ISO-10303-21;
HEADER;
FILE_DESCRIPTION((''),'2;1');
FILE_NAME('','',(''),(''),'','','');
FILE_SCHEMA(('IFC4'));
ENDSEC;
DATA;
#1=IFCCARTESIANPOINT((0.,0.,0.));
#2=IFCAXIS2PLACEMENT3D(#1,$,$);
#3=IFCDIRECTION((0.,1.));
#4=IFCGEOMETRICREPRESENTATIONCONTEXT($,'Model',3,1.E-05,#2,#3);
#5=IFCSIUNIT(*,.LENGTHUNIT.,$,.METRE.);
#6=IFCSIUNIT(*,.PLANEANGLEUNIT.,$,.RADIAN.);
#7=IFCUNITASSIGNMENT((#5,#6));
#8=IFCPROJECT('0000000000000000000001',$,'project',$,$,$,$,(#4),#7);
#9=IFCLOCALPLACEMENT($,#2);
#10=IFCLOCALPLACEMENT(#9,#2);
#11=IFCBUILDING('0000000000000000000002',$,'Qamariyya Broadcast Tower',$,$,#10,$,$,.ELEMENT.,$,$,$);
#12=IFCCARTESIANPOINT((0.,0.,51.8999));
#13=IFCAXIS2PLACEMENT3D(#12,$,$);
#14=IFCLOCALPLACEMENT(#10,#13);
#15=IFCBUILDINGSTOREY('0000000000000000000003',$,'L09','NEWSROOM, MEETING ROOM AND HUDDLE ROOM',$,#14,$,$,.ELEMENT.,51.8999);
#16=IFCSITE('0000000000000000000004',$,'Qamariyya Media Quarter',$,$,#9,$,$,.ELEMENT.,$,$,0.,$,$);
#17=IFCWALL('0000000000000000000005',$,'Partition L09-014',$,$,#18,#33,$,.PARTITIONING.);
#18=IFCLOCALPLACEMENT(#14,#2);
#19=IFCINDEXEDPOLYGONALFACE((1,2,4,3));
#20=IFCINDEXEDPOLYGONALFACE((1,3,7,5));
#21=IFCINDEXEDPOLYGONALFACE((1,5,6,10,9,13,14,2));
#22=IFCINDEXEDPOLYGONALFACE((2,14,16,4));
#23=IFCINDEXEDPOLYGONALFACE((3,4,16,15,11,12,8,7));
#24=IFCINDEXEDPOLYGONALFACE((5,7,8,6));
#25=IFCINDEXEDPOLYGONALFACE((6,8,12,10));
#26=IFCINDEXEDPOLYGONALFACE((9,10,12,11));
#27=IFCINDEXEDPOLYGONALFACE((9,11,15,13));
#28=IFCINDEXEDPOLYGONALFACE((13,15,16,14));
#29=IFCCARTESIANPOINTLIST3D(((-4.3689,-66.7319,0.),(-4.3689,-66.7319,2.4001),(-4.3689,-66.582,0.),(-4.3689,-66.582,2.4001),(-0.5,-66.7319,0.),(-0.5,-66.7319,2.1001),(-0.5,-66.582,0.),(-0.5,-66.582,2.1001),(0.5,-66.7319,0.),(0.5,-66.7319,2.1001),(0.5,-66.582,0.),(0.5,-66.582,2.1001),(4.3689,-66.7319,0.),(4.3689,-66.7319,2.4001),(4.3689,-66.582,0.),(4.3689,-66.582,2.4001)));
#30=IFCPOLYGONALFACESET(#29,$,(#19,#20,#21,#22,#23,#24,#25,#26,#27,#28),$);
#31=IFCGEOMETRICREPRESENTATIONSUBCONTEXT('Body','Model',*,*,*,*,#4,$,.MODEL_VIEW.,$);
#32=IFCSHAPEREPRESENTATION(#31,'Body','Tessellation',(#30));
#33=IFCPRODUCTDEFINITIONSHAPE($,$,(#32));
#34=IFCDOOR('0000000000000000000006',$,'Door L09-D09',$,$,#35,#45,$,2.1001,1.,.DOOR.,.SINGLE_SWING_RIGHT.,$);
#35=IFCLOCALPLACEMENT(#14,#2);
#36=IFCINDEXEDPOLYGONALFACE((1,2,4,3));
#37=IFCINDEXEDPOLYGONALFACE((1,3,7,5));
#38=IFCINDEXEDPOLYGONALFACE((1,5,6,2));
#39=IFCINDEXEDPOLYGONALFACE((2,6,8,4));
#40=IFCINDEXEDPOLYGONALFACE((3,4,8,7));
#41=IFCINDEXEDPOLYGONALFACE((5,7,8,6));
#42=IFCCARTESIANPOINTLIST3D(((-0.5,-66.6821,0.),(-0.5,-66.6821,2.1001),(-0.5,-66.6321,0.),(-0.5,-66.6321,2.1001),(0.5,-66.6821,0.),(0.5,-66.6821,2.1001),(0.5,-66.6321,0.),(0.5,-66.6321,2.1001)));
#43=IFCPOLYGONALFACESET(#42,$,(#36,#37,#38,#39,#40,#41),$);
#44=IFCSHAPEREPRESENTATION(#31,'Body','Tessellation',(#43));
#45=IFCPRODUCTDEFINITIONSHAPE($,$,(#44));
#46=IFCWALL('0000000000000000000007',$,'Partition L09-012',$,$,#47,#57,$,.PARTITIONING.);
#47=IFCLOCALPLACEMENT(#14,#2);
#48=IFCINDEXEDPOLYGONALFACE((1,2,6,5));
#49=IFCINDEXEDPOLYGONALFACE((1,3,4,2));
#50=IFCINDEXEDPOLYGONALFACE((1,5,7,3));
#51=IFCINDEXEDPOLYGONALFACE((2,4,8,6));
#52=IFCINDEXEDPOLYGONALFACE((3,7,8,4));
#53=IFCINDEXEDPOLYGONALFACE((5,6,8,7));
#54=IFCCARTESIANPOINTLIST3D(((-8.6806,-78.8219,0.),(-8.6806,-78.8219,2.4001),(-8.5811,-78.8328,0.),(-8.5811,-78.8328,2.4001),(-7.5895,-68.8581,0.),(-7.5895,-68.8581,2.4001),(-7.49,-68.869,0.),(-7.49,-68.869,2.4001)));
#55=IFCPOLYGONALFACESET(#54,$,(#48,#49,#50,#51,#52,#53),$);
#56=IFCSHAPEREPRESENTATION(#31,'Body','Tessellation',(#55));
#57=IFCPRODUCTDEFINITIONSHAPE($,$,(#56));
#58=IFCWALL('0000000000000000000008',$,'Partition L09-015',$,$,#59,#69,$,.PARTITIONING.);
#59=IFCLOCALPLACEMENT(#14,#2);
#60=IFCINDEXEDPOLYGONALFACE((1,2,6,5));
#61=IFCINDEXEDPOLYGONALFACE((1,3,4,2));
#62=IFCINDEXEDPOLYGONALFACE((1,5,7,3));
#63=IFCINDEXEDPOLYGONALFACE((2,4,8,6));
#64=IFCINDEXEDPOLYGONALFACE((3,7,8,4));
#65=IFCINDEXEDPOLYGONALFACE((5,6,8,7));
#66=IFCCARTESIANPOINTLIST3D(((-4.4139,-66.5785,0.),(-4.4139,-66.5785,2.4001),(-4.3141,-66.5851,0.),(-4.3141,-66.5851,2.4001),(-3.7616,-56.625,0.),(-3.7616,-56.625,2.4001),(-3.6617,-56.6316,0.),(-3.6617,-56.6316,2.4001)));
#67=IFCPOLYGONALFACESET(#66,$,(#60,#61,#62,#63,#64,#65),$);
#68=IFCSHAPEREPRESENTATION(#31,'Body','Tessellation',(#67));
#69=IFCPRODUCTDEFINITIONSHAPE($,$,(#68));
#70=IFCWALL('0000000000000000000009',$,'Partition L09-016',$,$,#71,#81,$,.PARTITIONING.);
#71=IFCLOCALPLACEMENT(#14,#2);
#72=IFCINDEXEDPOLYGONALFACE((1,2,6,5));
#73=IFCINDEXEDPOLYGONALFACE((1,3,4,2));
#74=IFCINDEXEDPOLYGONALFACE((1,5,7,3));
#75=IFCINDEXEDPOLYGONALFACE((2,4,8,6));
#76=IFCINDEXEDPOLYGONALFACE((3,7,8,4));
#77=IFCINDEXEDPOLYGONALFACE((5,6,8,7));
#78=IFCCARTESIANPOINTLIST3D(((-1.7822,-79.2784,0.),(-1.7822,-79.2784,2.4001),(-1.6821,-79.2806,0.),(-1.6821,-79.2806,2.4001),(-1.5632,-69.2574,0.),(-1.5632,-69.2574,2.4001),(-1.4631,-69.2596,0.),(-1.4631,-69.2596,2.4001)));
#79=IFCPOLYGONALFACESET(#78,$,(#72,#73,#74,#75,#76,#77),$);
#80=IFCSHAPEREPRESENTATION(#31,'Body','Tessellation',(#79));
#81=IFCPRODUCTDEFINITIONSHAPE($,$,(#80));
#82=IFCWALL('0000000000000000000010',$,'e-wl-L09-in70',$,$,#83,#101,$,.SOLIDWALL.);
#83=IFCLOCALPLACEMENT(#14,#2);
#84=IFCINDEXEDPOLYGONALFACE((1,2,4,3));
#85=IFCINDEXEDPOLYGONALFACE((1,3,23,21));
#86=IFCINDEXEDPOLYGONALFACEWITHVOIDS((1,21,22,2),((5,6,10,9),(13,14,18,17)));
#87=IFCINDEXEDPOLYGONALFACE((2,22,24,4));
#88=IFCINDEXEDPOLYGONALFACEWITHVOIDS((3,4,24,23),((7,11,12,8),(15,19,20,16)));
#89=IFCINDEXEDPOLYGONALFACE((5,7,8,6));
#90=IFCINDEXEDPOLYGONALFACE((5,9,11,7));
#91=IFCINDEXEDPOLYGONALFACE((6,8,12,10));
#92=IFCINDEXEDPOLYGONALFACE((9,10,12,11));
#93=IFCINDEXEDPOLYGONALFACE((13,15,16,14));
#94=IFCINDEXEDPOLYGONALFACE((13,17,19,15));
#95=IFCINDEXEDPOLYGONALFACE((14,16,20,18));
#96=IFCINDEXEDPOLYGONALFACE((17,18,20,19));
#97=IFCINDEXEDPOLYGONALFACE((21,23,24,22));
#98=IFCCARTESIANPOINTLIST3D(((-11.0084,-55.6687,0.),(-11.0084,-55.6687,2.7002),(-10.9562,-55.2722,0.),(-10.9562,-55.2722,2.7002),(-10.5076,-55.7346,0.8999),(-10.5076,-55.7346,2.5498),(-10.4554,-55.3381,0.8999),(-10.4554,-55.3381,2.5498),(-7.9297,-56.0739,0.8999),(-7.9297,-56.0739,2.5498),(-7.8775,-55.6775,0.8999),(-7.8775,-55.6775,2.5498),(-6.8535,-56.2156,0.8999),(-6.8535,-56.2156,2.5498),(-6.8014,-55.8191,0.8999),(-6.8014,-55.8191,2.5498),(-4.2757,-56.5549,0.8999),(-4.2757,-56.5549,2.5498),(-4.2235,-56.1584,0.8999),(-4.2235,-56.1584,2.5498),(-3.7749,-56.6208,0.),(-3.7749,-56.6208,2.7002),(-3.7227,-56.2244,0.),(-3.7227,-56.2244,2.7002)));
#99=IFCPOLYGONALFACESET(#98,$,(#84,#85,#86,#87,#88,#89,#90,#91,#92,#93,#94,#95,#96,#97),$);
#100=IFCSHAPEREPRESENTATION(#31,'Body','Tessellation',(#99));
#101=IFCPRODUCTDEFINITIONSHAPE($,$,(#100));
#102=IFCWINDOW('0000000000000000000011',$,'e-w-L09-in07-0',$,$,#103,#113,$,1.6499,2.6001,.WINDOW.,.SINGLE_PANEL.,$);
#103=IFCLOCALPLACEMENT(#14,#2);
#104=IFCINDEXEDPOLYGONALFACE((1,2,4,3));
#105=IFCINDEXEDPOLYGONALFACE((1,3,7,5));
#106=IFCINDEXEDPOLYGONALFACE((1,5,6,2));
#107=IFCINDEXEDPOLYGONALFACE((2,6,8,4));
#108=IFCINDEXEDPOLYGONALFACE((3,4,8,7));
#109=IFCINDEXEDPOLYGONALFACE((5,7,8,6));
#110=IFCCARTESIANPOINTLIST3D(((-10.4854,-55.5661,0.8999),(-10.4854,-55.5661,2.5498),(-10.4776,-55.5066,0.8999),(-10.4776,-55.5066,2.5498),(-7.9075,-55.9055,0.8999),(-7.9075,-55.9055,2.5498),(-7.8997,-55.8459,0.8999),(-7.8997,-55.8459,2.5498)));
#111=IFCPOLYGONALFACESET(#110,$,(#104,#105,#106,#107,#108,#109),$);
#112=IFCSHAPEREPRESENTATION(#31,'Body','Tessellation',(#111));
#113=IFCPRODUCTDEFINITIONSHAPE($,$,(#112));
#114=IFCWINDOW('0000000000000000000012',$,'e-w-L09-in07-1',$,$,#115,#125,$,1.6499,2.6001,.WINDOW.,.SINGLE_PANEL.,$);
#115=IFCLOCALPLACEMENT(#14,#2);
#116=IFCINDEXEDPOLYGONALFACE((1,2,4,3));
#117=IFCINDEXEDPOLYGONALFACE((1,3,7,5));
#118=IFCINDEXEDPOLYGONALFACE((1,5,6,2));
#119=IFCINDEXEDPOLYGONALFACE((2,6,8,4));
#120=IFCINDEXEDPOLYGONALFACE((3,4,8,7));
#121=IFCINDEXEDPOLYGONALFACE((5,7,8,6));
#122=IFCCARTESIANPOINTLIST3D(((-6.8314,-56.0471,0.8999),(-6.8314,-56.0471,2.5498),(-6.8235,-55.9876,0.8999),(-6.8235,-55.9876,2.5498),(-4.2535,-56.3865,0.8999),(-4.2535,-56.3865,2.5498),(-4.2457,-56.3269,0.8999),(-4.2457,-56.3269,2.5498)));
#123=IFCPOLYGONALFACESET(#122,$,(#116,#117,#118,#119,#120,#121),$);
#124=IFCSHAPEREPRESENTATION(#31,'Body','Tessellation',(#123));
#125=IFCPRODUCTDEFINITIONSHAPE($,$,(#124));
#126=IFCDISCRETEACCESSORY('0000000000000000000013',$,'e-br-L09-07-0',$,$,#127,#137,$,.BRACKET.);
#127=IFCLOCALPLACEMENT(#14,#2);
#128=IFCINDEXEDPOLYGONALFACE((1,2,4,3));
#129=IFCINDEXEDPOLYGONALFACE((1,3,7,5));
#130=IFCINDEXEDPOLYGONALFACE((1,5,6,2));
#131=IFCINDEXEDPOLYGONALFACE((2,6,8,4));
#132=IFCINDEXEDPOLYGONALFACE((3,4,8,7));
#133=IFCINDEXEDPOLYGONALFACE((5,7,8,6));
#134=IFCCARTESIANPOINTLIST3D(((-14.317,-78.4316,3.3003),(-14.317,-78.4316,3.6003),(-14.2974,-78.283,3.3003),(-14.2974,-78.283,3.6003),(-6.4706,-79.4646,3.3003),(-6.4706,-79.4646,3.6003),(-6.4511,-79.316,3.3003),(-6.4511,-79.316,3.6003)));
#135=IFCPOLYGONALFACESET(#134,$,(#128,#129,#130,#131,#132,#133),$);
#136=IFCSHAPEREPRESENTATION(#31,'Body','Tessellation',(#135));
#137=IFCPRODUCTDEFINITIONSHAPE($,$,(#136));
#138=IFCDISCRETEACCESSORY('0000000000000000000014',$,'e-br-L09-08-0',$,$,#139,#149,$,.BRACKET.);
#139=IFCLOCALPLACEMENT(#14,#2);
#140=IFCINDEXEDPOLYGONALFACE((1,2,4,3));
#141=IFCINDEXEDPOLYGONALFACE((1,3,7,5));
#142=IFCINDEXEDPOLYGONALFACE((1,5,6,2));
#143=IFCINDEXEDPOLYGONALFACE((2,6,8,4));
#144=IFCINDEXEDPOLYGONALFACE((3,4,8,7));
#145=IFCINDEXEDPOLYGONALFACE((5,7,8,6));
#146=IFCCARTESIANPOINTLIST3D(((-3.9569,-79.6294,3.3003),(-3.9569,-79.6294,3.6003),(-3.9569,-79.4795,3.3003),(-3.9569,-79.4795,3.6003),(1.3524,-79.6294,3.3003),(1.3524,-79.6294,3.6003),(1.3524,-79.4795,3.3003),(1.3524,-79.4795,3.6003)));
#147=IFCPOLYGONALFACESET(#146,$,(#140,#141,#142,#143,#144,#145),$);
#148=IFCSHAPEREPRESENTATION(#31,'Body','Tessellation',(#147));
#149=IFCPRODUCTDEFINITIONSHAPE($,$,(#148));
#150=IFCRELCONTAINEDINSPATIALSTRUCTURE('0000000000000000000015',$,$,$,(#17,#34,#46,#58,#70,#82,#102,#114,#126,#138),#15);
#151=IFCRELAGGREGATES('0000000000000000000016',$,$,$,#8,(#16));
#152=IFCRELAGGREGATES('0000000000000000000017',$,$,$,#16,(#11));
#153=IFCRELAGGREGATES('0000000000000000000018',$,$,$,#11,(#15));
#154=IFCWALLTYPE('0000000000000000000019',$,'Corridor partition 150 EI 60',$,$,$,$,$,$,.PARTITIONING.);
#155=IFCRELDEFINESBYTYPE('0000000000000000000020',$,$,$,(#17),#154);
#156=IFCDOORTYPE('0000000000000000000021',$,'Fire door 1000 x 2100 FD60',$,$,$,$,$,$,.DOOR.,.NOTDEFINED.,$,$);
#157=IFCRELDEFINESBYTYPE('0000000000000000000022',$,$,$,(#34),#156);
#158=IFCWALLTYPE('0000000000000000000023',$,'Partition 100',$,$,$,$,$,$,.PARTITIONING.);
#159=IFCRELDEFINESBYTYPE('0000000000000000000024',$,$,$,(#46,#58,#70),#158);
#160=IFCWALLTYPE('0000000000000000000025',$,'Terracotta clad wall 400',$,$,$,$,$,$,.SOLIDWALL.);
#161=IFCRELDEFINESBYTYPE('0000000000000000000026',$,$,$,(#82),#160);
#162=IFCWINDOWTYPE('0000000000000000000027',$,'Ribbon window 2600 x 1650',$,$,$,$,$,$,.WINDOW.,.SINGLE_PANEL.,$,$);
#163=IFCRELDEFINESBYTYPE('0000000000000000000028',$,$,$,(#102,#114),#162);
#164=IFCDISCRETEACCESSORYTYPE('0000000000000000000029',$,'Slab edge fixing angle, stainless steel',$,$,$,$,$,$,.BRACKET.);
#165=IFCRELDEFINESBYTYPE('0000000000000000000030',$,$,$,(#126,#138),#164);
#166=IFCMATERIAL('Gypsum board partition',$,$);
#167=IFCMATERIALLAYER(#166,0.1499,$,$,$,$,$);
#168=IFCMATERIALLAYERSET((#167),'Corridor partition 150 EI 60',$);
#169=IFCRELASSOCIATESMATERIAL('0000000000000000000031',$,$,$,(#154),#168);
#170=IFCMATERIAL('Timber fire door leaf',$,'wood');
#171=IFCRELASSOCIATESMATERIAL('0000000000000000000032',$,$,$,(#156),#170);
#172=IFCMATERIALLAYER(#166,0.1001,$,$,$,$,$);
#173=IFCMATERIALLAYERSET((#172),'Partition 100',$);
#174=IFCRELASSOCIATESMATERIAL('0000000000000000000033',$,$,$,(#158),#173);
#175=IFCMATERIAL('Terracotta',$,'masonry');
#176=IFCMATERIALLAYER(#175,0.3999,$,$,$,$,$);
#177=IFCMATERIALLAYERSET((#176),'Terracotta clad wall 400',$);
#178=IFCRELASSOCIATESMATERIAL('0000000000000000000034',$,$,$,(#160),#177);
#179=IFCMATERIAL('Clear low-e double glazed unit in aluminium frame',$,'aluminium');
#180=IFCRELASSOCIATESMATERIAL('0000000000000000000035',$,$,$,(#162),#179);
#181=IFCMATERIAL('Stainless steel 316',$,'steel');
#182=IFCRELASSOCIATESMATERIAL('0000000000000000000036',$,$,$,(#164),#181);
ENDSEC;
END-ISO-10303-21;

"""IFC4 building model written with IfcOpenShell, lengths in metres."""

from ifc_helpers import new_model, si_unit, direction, frame, frame_2d, origin, origin_2d, place, context, subcontext, project, spatial, rectangle, extrude, material, layer, layer_set, type_object, element, fill, save


model = new_model("IFC4")

# Units and contexts
model_context = context("Model", 3, precision=1e-05, world=origin(), true_north=direction((0.0, 1.0)))
body_context = subcontext(model_context, "Body", "Model", "MODEL_VIEW")
ifc_project = project(units=[si_unit("LENGTHUNIT", "METRE"), si_unit("PLANEANGLEUNIT", "RADIAN")], contexts=[model_context])

# Site, building, storey
site_placement = place(None, origin())
site = spatial("IfcSite", under=ifc_project, at=site_placement, Name="Qamariyya Media Quarter", CompositionType="ELEMENT", RefElevation=0.0)
building_placement = place(site_placement, origin())
building = spatial("IfcBuilding", under=site, at=building_placement, Name="Qamariyya Broadcast Tower", CompositionType="ELEMENT")
storey_placement = place(building_placement, frame((0.0, 0.0, 51.8999)))
storey = spatial("IfcBuildingStorey", under=building, at=storey_placement, Name="L09", Description="NEWSROOM, MEETING ROOM AND HUDDLE ROOM", CompositionType="ELEMENT", Elevation=51.8999)

# Wall, opening, door
ifc_material_1 = material(Name="Gypsum board partition")
ifc_layer_1 = layer(ifc_material_1, 0.1499)
ifc_layer_set_1 = layer_set([ifc_layer_1], Name="Corridor partition 150 EI 60")
wall_type_1 = type_object("IfcWallType", Name="Corridor partition 150 EI 60", PredefinedType="PARTITIONING", material=ifc_layer_set_1)
ifc_material_2 = material(Name="Timber fire door leaf", Category="wood")
door_type = type_object("IfcDoorType", Name="Fire door 1000 x 2100 FD60", OperationType="NOTDEFINED", PredefinedType="DOOR", material=ifc_material_2)
wall_1_placement = place(storey_placement, frame((-4.3689, -66.657, 0.0), z_axis=(0.0, 0.0, 1.0), x_axis=(1.0, 0.0, 0.0)))
wall_1 = element("IfcWall", 1, at=wall_1_placement, inside=storey, type_object=wall_type_1, Name="Partition L09-014", PredefinedType="PARTITIONING", context=body_context, shape_type="SweptSolid", body=[
    extrude(rectangle(XDim=8.7378, YDim=0.1499, at=frame_2d((4.3689, 0.0))), origin(), (0.0, 0.0, 1.0), 2.4001),
])
opening_1_placement = place(wall_1_placement, frame((3.8689, 0.0, 0.0)))
opening_1 = element("IfcOpeningElement", 2, at=opening_1_placement, cuts=wall_1, PredefinedType="OPENING", context=body_context, shape_type="SweptSolid", body=[
    extrude(rectangle(XDim=1.0, YDim=2.1001, at=frame_2d((0.5, 1.05))), frame((0.0, 0.085, 0.0), z_axis=(0.0, -1.0, 0.0), x_axis=(1.0, 0.0, 0.0)), (0.0, 0.0, 1.0), 0.1699),
])
door_1_placement = place(opening_1_placement, origin())
door_1 = element("IfcDoor", 3, at=door_1_placement, inside=storey, type_object=door_type, Name="Door L09-D09", OperationType="SINGLE_SWING_RIGHT", OverallHeight=2.1001, OverallWidth=1.0, PredefinedType="DOOR", context=body_context, shape_type="SweptSolid", body=[
    extrude(rectangle(XDim=1.0, YDim=2.1001, at=frame_2d((0.5, 1.05))), frame((0.0, 0.0249, 0.0), z_axis=(0.0, -1.0, 0.0), x_axis=(1.0, 0.0, 0.0)), (0.0, 0.0, 1.0), 0.05),
])
fill(opening_1, door_1)

# Walls
ifc_layer_2 = layer(ifc_material_1, 0.1001)
ifc_layer_set_2 = layer_set([ifc_layer_2], Name="Partition 100")
wall_type_2 = type_object("IfcWallType", Name="Partition 100", PredefinedType="PARTITIONING", material=ifc_layer_set_2)
wall_2_placement = place(storey_placement, frame((-8.6309, -78.8274, 0.0), z_axis=(0.0, 0.0, 1.0), x_axis=(0.108851, 0.994058, 0.0)))
element("IfcWall", 4, at=wall_2_placement, inside=storey, type_object=wall_type_2, Name="Partition L09-012", PredefinedType="PARTITIONING", context=body_context, shape_type="SweptSolid", body=[
    extrude(rectangle(XDim=10.0234, YDim=0.1001, at=frame_2d((5.0117, 0.0))), origin(), (0.0, 0.0, 1.0), 2.4001),
])
wall_3_placement = place(storey_placement, frame((-3.7117, -56.6284, 0.0), z_axis=(0.0, 0.0, 1.0), x_axis=(-0.065398, -0.997859, 0.0)))
element("IfcWall", 5, at=wall_3_placement, inside=storey, type_object=wall_type_2, Name="Partition L09-015", PredefinedType="PARTITIONING", context=body_context, shape_type="SweptSolid", body=[
    extrude(rectangle(XDim=9.9749, YDim=0.1001, at=frame_2d((4.9873, 0.0))), origin(), (0.0, 0.0, 1.0), 2.4001),
])
wall_4_placement = place(storey_placement, frame((-1.7322, -79.2795, 0.0), z_axis=(0.0, 0.0, 1.0), x_axis=(0.021848, 0.999761, 0.0)))
element("IfcWall", 6, at=wall_4_placement, inside=storey, type_object=wall_type_2, Name="Partition L09-016", PredefinedType="PARTITIONING", context=body_context, shape_type="SweptSolid", body=[
    extrude(rectangle(XDim=10.0234, YDim=0.1001, at=frame_2d((5.0117, 0.0))), origin(), (0.0, 0.0, 1.0), 2.4001),
])

# Wall, openings, windows
ifc_material_3 = material(Name="Terracotta", Category="masonry")
ifc_layer_3 = layer(ifc_material_3, 0.3999)
ifc_layer_set_3 = layer_set([ifc_layer_3], Name="Terracotta clad wall 400")
wall_type_3 = type_object("IfcWallType", Name="Terracotta clad wall 400", PredefinedType="SOLIDWALL", material=ifc_layer_set_3)
wall_5_placement = place(storey_placement, frame((-3.7488, -56.4226, 0.0), z_axis=(0.0, 0.0, 1.0), x_axis=(-0.991447, 0.130506, 0.0)))
wall_5 = element("IfcWall", 7, at=wall_5_placement, inside=storey, type_object=wall_type_3, Name="e-wl-L09-in70", PredefinedType="SOLIDWALL", context=body_context, shape_type="SweptSolid", body=[
    extrude(rectangle(XDim=7.2959, YDim=0.3999, at=frame_2d((3.6479, 0.0))), origin(), (0.0, 0.0, 1.0), 2.7002),
])
opening_2_placement = place(wall_5_placement, frame((4.1907, 0.0, 0.8999)))
opening_2 = element("IfcOpeningElement", 8, at=opening_2_placement, cuts=wall_5, PredefinedType="OPENING", context=body_context, shape_type="SweptSolid", body=[
    extrude(rectangle(XDim=2.6001, YDim=1.6499, at=frame_2d((1.3, 0.825))), frame((0.0, 0.21, 0.0), z_axis=(0.0, -1.0, 0.0), x_axis=(1.0, 0.0, 0.0)), (0.0, 0.0, 1.0), 0.4199),
])
opening_3_placement = place(wall_5_placement, frame((0.5051, 0.0, 0.8999)))
opening_3 = element("IfcOpeningElement", 9, at=opening_3_placement, cuts=wall_5, PredefinedType="OPENING", context=body_context, shape_type="SweptSolid", body=[
    extrude(rectangle(XDim=2.6001, YDim=1.6499, at=frame_2d((1.3, 0.825))), frame((0.0, 0.21, 0.0), z_axis=(0.0, -1.0, 0.0), x_axis=(1.0, 0.0, 0.0)), (0.0, 0.0, 1.0), 0.4199),
])
ifc_material_4 = material(Name="Clear low-e double glazed unit in aluminium frame", Category="aluminium")
window_type = type_object("IfcWindowType", Name="Ribbon window 2600 x 1650", PartitioningType="SINGLE_PANEL", PredefinedType="WINDOW", material=ifc_material_4)
window_1_placement = place(opening_2_placement, origin())
window_1 = element("IfcWindow", 10, at=window_1_placement, inside=storey, type_object=window_type, Name="e-w-L09-in07-0", OverallHeight=1.6499, OverallWidth=2.6001, PartitioningType="SINGLE_PANEL", PredefinedType="WINDOW", context=body_context, shape_type="SweptSolid", body=[
    extrude(rectangle(XDim=2.6001, YDim=1.6499, at=frame_2d((1.3, 0.825))), frame((0.0, 0.03, 0.0), z_axis=(0.0, -1.0, 0.0), x_axis=(1.0, 0.0, 0.0)), (0.0, 0.0, 1.0), 0.0601),
])
fill(opening_2, window_1)
window_2_placement = place(opening_3_placement, origin())
window_2 = element("IfcWindow", 11, at=window_2_placement, inside=storey, type_object=window_type, Name="e-w-L09-in07-1", OverallHeight=1.6499, OverallWidth=2.6001, PartitioningType="SINGLE_PANEL", PredefinedType="WINDOW", context=body_context, shape_type="SweptSolid", body=[
    extrude(rectangle(XDim=2.6001, YDim=1.6499, at=frame_2d((1.3, 0.825))), frame((0.0, 0.03, 0.0), z_axis=(0.0, -1.0, 0.0), x_axis=(1.0, 0.0, 0.0)), (0.0, 0.0, 1.0), 0.0601),
])
fill(opening_3, window_2)

# Discrete accessories
ifc_material_5 = material(Name="Stainless steel 316", Category="steel")
discrete_accessory_type = type_object("IfcDiscreteAccessoryType", Name="Slab edge fixing angle, stainless steel", PredefinedType="BRACKET", material=ifc_material_5)
discrete_accessory_1_placement = place(storey_placement, frame((-10.384, -78.8738, 3.3003), z_axis=(0.0, 0.0, 1.0), x_axis=(0.991445, -0.130526, 0.0)))
element("IfcDiscreteAccessory", 12, at=discrete_accessory_1_placement, inside=storey, type_object=discrete_accessory_type, Name="e-br-L09-07-0", PredefinedType="BRACKET", context=body_context, shape_type="SweptSolid", body=[
    extrude(rectangle(XDim=7.9141, YDim=0.1499, at=origin_2d()), origin(), (0.0, 0.0, 1.0), 0.3),
])
discrete_accessory_2_placement = place(storey_placement, frame((-1.3022, -79.5544, 3.3003), z_axis=(0.0, 0.0, 1.0), x_axis=(1.0, 0.0, 0.0)))
element("IfcDiscreteAccessory", 13, at=discrete_accessory_2_placement, inside=storey, type_object=discrete_accessory_type, Name="e-br-L09-08-0", PredefinedType="BRACKET", context=body_context, shape_type="SweptSolid", body=[
    extrude(rectangle(XDim=5.3093, YDim=0.1499, at=origin_2d()), origin(), (0.0, 0.0, 1.0), 0.3),
])

save(model, "model.ifc")
